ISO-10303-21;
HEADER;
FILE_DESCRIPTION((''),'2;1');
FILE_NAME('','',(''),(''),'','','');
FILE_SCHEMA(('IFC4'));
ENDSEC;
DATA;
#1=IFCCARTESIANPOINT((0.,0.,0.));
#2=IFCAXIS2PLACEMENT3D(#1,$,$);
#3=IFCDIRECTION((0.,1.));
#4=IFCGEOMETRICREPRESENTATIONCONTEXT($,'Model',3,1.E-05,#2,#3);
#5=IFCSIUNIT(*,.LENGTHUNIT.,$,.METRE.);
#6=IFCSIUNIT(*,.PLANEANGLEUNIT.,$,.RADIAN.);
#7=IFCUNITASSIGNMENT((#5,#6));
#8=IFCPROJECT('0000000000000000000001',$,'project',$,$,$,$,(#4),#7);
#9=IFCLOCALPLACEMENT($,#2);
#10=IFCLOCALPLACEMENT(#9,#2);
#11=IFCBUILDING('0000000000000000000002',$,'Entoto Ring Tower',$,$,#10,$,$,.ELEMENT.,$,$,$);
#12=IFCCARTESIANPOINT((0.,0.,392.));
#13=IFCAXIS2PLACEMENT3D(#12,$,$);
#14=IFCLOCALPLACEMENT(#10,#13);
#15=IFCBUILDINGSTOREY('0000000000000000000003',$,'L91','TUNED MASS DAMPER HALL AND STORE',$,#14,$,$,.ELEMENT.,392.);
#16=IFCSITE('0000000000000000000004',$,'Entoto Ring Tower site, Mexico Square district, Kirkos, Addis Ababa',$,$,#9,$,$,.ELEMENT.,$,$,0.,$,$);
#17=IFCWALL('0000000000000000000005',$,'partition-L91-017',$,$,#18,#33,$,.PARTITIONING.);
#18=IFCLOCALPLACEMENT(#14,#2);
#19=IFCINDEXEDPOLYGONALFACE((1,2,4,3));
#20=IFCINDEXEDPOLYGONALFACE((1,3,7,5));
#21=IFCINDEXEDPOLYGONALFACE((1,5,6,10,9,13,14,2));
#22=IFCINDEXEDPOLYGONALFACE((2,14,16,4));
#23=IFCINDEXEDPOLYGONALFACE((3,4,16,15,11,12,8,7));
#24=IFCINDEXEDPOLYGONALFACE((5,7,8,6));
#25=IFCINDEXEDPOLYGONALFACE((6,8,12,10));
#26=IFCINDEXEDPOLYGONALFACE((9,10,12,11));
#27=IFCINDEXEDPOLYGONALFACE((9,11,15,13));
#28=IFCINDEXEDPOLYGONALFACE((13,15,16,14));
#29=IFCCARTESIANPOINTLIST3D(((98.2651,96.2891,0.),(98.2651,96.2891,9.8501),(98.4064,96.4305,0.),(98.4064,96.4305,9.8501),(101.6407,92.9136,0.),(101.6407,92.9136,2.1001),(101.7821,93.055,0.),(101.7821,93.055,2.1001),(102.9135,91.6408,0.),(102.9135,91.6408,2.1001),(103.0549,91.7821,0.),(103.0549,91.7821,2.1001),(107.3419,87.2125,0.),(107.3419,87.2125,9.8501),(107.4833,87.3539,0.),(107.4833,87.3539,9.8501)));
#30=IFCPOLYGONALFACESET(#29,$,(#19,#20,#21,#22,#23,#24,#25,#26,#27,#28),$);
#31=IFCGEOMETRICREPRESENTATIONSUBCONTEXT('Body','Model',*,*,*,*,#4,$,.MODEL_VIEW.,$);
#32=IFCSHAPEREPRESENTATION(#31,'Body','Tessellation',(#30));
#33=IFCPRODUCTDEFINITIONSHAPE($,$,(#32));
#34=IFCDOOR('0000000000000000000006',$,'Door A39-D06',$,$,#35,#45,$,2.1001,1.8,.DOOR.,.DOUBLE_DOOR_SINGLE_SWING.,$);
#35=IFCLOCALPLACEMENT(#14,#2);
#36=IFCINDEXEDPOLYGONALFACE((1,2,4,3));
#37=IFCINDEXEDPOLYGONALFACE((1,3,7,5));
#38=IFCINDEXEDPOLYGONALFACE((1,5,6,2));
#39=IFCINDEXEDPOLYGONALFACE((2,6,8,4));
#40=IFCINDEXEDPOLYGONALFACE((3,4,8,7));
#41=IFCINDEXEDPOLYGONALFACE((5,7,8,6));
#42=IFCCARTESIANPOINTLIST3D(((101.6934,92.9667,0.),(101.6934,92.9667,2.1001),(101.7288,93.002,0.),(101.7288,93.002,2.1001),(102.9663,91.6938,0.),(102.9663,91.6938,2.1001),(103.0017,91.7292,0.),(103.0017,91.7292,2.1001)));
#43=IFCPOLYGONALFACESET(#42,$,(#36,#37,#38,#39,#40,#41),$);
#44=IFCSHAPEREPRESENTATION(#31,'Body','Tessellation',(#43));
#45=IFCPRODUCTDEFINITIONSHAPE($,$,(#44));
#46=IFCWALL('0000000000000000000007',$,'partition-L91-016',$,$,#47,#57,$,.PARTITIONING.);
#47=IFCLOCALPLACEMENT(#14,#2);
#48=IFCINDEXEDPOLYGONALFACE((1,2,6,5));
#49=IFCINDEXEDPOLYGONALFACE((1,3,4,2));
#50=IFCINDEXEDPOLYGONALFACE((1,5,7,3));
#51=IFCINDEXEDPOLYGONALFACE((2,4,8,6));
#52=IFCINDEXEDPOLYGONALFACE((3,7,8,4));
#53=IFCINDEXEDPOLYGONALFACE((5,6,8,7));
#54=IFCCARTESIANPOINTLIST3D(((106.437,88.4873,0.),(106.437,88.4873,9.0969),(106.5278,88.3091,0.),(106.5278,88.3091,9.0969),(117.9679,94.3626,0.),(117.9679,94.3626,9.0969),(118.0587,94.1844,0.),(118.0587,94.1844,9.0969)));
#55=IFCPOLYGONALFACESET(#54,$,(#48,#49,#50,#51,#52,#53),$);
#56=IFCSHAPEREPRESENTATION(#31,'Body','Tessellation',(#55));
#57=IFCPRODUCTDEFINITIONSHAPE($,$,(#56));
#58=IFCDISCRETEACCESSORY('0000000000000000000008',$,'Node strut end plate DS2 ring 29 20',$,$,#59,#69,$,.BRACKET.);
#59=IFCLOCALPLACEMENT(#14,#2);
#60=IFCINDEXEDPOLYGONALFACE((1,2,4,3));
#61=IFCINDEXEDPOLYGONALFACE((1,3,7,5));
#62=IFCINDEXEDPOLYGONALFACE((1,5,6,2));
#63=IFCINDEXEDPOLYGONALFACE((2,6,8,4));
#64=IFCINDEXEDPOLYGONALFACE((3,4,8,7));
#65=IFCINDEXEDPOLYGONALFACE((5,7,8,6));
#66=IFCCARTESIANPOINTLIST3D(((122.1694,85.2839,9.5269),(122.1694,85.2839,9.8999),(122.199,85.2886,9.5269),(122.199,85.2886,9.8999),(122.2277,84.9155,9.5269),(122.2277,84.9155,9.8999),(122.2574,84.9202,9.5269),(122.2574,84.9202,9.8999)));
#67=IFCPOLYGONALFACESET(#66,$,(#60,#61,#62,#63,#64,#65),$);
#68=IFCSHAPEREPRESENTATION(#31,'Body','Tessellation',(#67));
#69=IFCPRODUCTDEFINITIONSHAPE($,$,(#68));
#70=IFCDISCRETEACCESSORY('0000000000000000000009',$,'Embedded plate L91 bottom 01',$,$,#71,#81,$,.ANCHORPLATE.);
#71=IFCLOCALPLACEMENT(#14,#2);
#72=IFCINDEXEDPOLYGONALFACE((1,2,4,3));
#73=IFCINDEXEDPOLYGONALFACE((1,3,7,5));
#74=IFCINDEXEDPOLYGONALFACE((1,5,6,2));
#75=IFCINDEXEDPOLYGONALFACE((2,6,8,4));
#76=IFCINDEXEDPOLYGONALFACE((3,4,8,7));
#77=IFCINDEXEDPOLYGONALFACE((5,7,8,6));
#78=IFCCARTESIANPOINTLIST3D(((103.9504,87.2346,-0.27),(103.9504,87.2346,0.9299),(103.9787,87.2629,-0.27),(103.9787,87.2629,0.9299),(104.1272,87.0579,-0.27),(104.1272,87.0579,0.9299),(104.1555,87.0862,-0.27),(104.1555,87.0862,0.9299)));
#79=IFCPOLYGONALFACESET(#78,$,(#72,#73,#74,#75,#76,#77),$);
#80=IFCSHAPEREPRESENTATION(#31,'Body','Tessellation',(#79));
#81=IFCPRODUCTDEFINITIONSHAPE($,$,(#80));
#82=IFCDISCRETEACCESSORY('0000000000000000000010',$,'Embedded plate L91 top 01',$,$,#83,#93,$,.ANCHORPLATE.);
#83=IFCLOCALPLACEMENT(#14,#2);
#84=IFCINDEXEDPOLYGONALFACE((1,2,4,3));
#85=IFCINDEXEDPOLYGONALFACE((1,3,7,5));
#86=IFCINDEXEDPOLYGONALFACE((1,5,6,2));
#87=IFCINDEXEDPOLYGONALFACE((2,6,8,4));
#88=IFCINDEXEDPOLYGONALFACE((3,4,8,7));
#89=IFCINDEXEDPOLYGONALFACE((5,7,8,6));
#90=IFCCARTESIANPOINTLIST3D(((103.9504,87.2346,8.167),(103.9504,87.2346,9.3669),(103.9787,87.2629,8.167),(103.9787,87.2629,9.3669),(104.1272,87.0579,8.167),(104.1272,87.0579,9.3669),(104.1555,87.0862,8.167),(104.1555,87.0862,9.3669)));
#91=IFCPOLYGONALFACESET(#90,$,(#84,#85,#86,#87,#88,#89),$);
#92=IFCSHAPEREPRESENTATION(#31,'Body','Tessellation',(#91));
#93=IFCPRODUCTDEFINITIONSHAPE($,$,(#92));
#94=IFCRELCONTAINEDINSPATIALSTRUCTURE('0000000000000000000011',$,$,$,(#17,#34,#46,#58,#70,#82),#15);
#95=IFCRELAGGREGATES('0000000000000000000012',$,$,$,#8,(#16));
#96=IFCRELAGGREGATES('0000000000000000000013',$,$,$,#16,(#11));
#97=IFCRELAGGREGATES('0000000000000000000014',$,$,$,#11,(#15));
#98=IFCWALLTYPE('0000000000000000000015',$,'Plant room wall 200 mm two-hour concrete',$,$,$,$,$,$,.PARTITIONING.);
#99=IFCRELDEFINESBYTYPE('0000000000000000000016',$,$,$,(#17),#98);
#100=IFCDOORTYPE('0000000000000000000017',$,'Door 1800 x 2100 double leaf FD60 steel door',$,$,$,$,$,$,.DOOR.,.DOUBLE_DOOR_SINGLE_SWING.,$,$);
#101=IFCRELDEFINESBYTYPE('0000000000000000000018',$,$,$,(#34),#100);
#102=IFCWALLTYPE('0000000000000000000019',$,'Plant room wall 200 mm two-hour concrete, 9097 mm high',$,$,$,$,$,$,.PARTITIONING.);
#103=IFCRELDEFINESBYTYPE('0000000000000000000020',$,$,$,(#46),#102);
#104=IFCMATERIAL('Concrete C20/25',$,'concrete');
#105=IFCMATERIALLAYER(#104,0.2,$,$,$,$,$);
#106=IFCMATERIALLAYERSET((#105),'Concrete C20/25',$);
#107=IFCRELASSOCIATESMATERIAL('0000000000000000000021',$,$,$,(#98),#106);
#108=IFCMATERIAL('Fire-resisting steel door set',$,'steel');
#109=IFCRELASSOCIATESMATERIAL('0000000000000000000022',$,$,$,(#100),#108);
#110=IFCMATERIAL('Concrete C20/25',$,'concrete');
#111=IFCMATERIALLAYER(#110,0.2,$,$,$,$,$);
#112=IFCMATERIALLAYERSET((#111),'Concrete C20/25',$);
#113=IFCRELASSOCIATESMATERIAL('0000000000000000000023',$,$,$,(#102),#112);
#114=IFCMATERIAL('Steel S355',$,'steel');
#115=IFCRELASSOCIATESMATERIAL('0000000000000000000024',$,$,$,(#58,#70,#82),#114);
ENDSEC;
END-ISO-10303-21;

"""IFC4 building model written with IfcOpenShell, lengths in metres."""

from ifc_helpers import new_model, si_unit, direction, frame, frame_2d, origin, origin_2d, place, context, subcontext, project, spatial, rectangle, extrude, material, layer, layer_set, type_object, element, fill, save


model = new_model("IFC4")

# Units and contexts
model_context = context("Model", 3, precision=1e-05, world=origin(), true_north=direction((0.0, 1.0)))
body_context = subcontext(model_context, "Body", "Model", "MODEL_VIEW")
ifc_project = project(units=[si_unit("LENGTHUNIT", "METRE"), si_unit("PLANEANGLEUNIT", "RADIAN")], contexts=[model_context])

# Site, building, storey
site_placement = place(None, origin())
site = spatial("IfcSite", under=ifc_project, at=site_placement, Name="Entoto Ring Tower site, Mexico Square district, Kirkos, Addis Ababa", CompositionType="ELEMENT", RefElevation=0.0)
building_placement = place(site_placement, origin())
building = spatial("IfcBuilding", under=site, at=building_placement, Name="Entoto Ring Tower", CompositionType="ELEMENT")
storey_placement = place(building_placement, frame((0.0, 0.0, 392.0)))
storey = spatial("IfcBuildingStorey", under=building, at=storey_placement, Name="L91", Description="TUNED MASS DAMPER HALL AND STORE", CompositionType="ELEMENT", Elevation=392.0)

# Wall, opening, door
ifc_material_1 = material(Name="Concrete C20/25", Category="concrete")
ifc_layer_1 = layer(ifc_material_1, 0.2)
ifc_layer_set_1 = layer_set([ifc_layer_1], Name="Concrete C20/25")
wall_type_1 = type_object("IfcWallType", Name="Plant room wall 200 mm two-hour concrete", PredefinedType="PARTITIONING", material=ifc_layer_set_1)
wall_1_placement = place(storey_placement, frame((107.4126, 87.2832, 0.0), z_axis=(0.0, 0.0, 1.0), x_axis=(-0.707116, 0.707097, 0.0)))
wall_1 = element("IfcWall", 1, at=wall_1_placement, inside=storey, type_object=wall_type_1, Name="partition-L91-017", PredefinedType="PARTITIONING", context=body_context, shape_type="SweptSolid", body=[
    extrude(rectangle(XDim=12.8364, YDim=0.2, at=frame_2d((6.4182, 0.0))), origin(), (0.0, 0.0, 1.0), 9.8501),
])
opening_1_placement = place(wall_1_placement, frame((6.2627, 0.0, 0.0)))
opening_1 = element("IfcOpeningElement", 2, at=opening_1_placement, cuts=wall_1, PredefinedType="OPENING", context=body_context, shape_type="SweptSolid", body=[
    extrude(rectangle(XDim=1.8, YDim=2.1001, at=frame_2d((0.8999, 1.05))), frame((0.0, 0.1099, 0.0), z_axis=(0.0, -1.0, 0.0), x_axis=(1.0, 0.0, 0.0)), (0.0, 0.0, 1.0), 0.22),
])
ifc_material_2 = material(Name="Fire-resisting steel door set", Category="steel")
door_type_1 = type_object("IfcDoorType", Name="Door 1800 x 2100 double leaf FD60 steel door", OperationType="DOUBLE_DOOR_SINGLE_SWING", PredefinedType="DOOR", material=ifc_material_2)
door_1_placement = place(opening_1_placement, frame((1.8, 0.0, 0.0), z_axis=(0.0, 0.0, 1.0), x_axis=(-1.0, 0.0, 0.0)))
door_1 = element("IfcDoor", 3, at=door_1_placement, inside=storey, type_object=door_type_1, Name="Door A39-D06", OperationType="DOUBLE_DOOR_SINGLE_SWING", OverallHeight=2.1001, OverallWidth=1.8, PredefinedType="DOOR", context=body_context, shape_type="SweptSolid", body=[
    extrude(rectangle(XDim=1.8, YDim=2.1001, at=frame_2d((0.8999, 1.05))), frame((0.0, 0.0249, 0.0), z_axis=(0.0, -1.0, 0.0), x_axis=(1.0, 0.0, 0.0)), (0.0, 0.0, 1.0), 0.05),
])
fill(opening_1, door_1)

# Wall
ifc_material_3 = material(Name="Concrete C20/25", Category="concrete")
ifc_layer_2 = layer(ifc_material_3, 0.2)
ifc_layer_set_2 = layer_set([ifc_layer_2], Name="Concrete C20/25")
wall_type_2 = type_object("IfcWallType", Name="Plant room wall 200 mm two-hour concrete, 9097 mm high", PredefinedType="PARTITIONING", material=ifc_layer_set_2)
wall_2_placement = place(storey_placement, frame((106.4824, 88.3982, 0.0), z_axis=(0.0, 0.0, 1.0), x_axis=(0.891006, 0.453992, 0.0)))
element("IfcWall", 4, at=wall_2_placement, inside=storey, type_object=wall_type_2, Name="partition-L91-016", PredefinedType="PARTITIONING", context=body_context, shape_type="SweptSolid", body=[
    extrude(rectangle(XDim=12.9414, YDim=0.2, at=frame_2d((6.4707, 0.0))), origin(), (0.0, 0.0, 1.0), 9.0969),
])

# Discrete accessories
ifc_material_4 = material(Name="Steel S355", Category="steel")
discrete_accessory_placement = place(storey_placement, frame((122.2134, 85.1021, 9.5269), z_axis=(0.0, 0.0, 1.0), x_axis=(0.987688, 0.156434, 0.0)))
element("IfcDiscreteAccessory", 5, at=discrete_accessory_placement, inside=storey, material=ifc_material_4, Name="Node strut end plate DS2 ring 29 20", PredefinedType="BRACKET", context=body_context, shape_type="SweptSolid", body=[
    extrude(rectangle(XDim=0.03, YDim=0.373, at=origin_2d()), origin(), (0.0, 0.0, 1.0), 0.373),
])
for number, where, z_axis, x_axis, name in (
    (6, (104.053, 87.1604, -0.27), (0.0, 0.0, 1.0), (0.707107, 0.707107, 0.0), "Embedded plate L91 bottom 01"),
    (7, (104.053, 87.1604, 8.167), (0.0, 0.0, 1.0), (0.707107, 0.707107, 0.0), "Embedded plate L91 top 01"),
):
    element("IfcDiscreteAccessory", number, at=place(storey_placement, frame(where, z_axis=z_axis, x_axis=x_axis)), inside=storey, material=ifc_material_4, Name=name, PredefinedType="ANCHORPLATE", context=body_context, shape_type="SweptSolid", body=[
        extrude(rectangle(XDim=0.04, YDim=0.25, at=origin_2d()), origin(), (0.0, 0.0, 1.0), 1.2),
    ])

save(model, "model.ifc")
